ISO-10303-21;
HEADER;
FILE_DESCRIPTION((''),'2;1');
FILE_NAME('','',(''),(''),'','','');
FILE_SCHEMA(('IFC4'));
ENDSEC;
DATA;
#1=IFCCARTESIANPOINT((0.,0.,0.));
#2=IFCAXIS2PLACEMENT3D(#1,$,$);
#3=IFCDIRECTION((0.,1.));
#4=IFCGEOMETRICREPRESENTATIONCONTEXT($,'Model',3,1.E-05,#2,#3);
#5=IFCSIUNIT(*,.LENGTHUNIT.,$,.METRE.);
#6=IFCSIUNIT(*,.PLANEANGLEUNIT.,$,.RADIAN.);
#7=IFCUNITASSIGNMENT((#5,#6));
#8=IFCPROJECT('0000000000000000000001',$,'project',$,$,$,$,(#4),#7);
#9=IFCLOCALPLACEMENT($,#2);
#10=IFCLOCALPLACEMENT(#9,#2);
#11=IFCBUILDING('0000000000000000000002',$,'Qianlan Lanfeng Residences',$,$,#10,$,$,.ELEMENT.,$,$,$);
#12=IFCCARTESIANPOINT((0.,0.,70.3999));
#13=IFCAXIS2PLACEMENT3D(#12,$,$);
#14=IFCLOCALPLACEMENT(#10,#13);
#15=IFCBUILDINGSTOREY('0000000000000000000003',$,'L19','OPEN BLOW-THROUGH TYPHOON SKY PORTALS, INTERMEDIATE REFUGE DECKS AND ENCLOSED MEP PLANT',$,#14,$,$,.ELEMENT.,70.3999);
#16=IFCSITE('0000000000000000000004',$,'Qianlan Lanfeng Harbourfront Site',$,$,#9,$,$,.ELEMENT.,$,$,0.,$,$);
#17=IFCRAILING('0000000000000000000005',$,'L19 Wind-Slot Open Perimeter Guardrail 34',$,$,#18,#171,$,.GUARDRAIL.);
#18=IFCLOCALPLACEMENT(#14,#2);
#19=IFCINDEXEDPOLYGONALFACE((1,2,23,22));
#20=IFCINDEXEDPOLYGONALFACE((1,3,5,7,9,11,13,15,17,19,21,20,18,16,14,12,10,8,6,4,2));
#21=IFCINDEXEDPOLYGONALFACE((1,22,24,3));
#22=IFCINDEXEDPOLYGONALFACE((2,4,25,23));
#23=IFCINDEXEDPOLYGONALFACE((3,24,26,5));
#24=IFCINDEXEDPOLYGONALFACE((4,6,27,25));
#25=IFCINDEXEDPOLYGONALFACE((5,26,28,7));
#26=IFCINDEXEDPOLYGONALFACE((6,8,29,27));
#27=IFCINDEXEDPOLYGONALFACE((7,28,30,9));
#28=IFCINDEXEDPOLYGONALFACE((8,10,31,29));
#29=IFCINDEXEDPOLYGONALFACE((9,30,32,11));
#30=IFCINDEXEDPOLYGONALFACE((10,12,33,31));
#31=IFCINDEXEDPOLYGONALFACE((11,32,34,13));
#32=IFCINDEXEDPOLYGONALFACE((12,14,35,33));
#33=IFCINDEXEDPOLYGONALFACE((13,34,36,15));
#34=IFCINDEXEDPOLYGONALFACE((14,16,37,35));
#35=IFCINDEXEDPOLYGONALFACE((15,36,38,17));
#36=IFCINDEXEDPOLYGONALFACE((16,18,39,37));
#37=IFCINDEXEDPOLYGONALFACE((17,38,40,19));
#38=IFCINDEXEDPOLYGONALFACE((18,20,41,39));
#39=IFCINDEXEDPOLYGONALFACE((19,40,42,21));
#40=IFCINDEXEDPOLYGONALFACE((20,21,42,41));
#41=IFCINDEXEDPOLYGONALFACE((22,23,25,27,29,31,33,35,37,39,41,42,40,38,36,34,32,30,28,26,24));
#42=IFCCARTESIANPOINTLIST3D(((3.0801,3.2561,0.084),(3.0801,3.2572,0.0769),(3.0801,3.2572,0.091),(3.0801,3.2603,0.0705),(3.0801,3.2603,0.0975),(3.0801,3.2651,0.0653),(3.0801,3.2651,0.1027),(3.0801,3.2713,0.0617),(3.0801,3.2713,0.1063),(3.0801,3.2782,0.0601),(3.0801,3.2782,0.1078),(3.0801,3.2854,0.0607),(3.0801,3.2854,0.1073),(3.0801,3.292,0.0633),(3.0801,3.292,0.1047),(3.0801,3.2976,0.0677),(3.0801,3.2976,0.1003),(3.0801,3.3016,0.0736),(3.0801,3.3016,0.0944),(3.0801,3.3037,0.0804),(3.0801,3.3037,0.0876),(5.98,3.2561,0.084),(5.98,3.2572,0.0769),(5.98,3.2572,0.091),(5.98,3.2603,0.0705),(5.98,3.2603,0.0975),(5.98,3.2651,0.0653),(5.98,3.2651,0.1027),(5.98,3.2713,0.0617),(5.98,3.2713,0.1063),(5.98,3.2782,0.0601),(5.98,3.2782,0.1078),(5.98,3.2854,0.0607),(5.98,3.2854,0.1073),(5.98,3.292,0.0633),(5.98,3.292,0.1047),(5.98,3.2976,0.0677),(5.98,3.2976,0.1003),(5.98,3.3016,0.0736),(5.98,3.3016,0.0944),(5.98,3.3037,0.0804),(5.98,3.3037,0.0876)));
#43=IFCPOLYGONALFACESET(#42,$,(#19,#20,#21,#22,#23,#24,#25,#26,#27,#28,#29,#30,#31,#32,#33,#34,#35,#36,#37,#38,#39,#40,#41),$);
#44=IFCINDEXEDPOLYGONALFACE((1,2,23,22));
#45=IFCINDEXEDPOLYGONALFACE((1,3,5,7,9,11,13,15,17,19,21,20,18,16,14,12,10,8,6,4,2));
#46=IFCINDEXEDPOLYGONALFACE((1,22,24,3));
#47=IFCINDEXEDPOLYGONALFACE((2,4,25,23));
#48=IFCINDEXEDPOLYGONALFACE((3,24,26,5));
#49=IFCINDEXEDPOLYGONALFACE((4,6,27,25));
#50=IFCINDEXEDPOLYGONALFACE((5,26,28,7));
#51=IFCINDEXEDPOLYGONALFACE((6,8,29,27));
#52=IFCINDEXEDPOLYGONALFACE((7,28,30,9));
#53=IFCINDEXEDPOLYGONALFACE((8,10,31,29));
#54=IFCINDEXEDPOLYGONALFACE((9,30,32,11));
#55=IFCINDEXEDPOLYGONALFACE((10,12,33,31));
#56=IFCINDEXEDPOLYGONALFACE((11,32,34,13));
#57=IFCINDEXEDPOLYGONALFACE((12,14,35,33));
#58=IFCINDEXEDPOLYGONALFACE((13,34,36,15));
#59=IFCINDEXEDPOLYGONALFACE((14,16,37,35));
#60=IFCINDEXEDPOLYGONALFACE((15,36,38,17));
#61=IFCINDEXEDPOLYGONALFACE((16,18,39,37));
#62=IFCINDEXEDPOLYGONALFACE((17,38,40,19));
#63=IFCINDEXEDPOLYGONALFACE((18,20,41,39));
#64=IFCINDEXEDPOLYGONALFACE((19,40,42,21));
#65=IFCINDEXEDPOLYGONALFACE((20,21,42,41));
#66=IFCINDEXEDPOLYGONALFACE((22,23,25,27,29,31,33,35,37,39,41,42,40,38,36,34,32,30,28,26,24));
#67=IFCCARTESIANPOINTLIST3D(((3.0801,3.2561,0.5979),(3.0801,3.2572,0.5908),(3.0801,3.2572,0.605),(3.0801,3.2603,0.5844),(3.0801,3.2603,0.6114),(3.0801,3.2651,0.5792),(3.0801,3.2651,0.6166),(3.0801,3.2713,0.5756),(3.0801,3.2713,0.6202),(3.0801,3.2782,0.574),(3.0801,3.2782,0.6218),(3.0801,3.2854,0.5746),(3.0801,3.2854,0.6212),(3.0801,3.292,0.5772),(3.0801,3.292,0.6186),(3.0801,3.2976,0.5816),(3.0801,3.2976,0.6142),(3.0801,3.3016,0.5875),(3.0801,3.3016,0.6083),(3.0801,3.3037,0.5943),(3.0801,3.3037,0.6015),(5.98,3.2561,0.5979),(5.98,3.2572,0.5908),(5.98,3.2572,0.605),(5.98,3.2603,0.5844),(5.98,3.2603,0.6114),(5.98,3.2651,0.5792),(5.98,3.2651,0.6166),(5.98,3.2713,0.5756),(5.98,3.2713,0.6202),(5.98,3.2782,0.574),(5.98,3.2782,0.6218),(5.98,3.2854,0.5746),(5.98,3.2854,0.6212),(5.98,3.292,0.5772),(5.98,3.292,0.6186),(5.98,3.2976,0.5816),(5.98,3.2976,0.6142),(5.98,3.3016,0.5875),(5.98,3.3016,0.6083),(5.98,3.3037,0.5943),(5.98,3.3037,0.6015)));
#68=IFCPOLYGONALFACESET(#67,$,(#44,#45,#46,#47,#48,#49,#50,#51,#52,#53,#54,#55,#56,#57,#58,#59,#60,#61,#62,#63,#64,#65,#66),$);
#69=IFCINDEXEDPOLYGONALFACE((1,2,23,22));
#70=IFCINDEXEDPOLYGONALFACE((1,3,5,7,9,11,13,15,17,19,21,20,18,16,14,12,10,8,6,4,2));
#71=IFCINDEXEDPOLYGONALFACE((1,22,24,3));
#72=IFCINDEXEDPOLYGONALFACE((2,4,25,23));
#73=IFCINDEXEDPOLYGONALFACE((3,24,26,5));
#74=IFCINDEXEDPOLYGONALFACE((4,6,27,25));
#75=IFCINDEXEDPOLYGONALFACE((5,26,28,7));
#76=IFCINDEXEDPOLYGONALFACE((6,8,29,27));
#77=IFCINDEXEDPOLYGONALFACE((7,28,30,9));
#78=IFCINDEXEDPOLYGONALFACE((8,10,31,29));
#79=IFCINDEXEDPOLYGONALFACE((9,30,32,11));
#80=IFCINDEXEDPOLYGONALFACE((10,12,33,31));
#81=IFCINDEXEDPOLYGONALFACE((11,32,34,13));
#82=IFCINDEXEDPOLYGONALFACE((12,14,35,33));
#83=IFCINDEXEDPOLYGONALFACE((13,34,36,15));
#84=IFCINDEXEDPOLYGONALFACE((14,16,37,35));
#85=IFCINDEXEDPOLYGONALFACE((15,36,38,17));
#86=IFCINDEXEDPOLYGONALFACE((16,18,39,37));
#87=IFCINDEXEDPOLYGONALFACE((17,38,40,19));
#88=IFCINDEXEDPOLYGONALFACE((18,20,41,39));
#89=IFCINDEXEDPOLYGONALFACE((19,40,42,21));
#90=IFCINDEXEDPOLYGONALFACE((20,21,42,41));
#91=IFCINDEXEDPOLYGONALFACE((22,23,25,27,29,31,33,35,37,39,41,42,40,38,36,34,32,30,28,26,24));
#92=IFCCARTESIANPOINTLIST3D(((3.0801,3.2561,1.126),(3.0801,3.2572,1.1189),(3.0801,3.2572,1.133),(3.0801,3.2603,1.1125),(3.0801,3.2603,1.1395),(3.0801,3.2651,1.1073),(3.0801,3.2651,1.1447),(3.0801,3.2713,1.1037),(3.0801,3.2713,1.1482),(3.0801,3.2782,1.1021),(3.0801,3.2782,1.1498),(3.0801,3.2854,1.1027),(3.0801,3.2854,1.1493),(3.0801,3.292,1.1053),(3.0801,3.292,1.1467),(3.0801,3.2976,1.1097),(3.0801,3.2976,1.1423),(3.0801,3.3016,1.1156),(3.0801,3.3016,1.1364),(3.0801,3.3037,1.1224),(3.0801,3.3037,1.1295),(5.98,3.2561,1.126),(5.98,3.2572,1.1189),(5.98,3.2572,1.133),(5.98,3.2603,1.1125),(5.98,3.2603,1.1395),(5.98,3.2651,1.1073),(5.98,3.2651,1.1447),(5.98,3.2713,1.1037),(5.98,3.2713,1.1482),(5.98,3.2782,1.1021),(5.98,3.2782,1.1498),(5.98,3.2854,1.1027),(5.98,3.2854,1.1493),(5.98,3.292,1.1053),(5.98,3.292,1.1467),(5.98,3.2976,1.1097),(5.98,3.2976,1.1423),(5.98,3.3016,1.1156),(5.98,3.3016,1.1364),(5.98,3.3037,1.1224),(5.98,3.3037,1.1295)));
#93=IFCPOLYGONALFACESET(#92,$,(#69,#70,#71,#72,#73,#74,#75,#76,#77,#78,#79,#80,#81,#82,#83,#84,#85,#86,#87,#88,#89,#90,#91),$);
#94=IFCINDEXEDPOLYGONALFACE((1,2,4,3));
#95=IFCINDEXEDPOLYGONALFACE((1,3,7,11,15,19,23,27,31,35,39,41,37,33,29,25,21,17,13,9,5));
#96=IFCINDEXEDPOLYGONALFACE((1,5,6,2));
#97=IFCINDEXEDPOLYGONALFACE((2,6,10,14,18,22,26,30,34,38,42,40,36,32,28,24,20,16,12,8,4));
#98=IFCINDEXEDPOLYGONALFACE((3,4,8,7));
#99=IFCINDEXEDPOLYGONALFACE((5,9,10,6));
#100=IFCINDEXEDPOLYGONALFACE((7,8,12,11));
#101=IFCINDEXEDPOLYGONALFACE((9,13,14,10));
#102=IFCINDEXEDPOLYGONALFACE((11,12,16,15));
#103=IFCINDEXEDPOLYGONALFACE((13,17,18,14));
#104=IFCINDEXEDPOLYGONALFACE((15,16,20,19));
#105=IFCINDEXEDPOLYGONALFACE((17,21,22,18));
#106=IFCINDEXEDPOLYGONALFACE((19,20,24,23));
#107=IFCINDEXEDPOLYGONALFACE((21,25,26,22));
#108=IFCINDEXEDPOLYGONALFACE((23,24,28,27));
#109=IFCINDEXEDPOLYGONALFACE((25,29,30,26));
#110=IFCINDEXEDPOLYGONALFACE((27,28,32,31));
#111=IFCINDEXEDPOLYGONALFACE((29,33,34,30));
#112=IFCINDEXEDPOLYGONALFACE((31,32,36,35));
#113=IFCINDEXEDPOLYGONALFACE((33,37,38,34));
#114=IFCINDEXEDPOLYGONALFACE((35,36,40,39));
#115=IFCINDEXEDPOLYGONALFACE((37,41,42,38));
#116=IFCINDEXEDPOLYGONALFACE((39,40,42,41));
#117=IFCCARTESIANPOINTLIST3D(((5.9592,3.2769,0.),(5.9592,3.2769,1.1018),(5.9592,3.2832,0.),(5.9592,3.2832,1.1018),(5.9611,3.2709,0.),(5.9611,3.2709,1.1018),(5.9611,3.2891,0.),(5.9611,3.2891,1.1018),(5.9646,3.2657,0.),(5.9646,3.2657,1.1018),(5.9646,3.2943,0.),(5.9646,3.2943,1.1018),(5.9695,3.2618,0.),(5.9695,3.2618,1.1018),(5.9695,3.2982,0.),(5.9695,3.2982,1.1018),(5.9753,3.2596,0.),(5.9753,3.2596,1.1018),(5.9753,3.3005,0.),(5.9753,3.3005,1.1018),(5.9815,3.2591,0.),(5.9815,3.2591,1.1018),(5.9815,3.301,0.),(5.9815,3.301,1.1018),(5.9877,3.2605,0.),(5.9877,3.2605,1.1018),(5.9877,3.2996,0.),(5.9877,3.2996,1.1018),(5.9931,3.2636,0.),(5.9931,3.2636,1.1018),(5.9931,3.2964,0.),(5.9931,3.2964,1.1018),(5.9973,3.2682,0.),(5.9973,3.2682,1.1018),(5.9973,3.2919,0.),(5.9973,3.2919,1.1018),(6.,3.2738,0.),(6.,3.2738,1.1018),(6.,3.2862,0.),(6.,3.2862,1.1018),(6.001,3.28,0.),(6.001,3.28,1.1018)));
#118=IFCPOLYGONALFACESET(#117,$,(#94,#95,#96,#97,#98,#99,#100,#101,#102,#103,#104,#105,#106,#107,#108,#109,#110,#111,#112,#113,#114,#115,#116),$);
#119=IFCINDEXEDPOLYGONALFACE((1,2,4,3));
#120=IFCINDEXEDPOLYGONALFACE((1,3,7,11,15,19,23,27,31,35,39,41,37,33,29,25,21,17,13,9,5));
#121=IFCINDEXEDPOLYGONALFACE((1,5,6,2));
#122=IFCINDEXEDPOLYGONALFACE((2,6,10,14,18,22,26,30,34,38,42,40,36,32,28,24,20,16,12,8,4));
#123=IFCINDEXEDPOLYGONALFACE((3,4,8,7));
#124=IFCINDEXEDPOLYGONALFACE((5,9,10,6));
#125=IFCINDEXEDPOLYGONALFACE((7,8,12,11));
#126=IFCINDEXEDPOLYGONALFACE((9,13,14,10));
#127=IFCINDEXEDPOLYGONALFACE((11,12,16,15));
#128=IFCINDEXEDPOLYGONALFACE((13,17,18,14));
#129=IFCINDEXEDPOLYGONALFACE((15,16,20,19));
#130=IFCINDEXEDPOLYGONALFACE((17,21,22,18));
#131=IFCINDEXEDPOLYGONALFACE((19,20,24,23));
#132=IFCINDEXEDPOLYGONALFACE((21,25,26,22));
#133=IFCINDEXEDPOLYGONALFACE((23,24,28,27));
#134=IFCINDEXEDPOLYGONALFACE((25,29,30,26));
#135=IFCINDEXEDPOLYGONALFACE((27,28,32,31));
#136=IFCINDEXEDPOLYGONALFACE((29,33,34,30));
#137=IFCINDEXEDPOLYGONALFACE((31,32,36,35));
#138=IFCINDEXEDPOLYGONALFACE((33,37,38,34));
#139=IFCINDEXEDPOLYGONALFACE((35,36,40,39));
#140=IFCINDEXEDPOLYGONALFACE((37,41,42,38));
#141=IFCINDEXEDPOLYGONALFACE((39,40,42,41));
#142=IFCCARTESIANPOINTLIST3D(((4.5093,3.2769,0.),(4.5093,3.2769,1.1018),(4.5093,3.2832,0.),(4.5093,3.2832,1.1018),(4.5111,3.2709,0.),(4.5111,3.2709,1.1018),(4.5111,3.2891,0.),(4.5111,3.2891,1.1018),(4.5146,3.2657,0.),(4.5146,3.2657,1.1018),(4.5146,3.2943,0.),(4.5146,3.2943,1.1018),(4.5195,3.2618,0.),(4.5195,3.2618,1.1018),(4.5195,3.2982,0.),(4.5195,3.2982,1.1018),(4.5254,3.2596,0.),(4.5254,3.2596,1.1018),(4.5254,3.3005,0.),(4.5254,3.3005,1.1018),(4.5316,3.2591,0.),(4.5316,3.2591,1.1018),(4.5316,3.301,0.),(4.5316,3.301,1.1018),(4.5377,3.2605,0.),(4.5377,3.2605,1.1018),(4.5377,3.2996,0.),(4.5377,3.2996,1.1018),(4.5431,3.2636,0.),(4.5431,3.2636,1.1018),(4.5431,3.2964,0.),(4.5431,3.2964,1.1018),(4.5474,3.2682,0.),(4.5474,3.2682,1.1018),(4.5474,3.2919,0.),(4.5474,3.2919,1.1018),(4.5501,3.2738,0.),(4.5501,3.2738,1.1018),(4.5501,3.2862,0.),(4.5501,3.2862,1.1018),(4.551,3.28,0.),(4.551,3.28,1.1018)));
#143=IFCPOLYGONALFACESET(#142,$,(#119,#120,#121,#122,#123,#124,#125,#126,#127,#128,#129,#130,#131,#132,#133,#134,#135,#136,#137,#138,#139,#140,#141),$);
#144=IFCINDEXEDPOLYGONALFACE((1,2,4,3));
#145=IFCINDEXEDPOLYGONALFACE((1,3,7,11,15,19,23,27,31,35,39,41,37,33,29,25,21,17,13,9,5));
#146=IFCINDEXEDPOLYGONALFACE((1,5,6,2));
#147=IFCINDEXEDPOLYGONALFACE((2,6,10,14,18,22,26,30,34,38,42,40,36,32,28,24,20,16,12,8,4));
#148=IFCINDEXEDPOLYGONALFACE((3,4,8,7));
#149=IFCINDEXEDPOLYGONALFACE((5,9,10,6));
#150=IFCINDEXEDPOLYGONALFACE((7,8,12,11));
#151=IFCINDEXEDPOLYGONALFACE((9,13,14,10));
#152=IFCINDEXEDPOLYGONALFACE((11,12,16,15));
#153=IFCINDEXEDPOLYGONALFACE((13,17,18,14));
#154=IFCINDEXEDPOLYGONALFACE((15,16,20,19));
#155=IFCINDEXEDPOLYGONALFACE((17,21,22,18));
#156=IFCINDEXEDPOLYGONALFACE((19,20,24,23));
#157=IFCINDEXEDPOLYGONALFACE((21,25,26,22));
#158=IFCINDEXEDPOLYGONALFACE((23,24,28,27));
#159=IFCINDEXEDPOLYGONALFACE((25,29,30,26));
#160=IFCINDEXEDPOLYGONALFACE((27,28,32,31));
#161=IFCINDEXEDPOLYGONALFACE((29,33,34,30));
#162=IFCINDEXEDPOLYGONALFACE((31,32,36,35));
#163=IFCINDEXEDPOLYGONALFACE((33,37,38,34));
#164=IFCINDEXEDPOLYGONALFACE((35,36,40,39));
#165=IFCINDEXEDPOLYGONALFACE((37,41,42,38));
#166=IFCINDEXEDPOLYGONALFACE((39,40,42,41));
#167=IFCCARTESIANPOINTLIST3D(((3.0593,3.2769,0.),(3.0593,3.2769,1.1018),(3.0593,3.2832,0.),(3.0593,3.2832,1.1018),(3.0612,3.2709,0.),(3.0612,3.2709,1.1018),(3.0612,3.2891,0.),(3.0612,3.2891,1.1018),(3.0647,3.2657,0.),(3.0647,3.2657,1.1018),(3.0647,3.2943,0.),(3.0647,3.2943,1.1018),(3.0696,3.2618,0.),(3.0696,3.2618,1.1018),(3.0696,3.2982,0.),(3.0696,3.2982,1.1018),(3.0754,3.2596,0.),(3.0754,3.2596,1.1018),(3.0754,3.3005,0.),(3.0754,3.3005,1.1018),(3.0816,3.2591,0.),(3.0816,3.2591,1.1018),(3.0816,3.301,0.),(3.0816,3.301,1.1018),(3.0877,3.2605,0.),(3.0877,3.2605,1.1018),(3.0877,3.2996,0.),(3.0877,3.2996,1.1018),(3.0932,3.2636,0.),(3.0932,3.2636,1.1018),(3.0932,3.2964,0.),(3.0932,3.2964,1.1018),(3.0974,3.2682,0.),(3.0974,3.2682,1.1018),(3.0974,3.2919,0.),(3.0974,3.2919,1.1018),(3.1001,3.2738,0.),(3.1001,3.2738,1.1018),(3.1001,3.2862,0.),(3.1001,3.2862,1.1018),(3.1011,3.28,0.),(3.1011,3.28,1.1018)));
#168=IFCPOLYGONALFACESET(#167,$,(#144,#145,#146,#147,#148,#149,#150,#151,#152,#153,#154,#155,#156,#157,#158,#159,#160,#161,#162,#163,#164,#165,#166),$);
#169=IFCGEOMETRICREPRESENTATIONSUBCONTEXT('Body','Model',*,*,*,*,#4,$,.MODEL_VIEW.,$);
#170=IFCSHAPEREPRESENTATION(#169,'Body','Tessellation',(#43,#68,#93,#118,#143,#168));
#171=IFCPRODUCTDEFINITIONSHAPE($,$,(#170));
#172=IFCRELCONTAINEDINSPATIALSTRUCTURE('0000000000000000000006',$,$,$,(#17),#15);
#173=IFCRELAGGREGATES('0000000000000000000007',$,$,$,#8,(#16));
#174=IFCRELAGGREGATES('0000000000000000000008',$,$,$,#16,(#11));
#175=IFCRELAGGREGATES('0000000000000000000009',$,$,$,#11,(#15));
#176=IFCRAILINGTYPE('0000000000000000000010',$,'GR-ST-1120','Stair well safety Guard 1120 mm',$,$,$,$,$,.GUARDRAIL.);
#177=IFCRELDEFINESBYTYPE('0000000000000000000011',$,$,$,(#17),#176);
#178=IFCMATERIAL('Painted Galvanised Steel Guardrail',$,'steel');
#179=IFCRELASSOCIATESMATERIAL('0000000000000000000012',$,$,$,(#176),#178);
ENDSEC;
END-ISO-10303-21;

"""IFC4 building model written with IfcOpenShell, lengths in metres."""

from ifc_helpers import new_model, si_unit, direction, frame, origin, origin_2d, place, context, subcontext, project, spatial, circle, extrude, material, type_object, element, save


model = new_model("IFC4")

# Units and contexts
model_context = context("Model", 3, precision=1e-05, world=origin(), true_north=direction((0.0, 1.0)))
body_context = subcontext(model_context, "Body", "Model", "MODEL_VIEW")
ifc_project = project(units=[si_unit("LENGTHUNIT", "METRE"), si_unit("PLANEANGLEUNIT", "RADIAN")], contexts=[model_context])

# Site, building, storey
site_placement = place(None, origin())
site = spatial("IfcSite", under=ifc_project, at=site_placement, Name="Qianlan Lanfeng Harbourfront Site", CompositionType="ELEMENT", RefElevation=0.0)
building_placement = place(site_placement, origin())
building = spatial("IfcBuilding", under=site, at=building_placement, Name="Qianlan Lanfeng Residences", CompositionType="ELEMENT")
storey_placement = place(building_placement, frame((0.0, 0.0, 70.3999)))
storey = spatial("IfcBuildingStorey", under=building, at=storey_placement, Name="L19", Description="OPEN BLOW-THROUGH TYPHOON SKY PORTALS, INTERMEDIATE REFUGE DECKS AND ENCLOSED MEP PLANT", CompositionType="ELEMENT", Elevation=70.3999)

# Railing
ifc_material_1 = material(Name="Painted Galvanised Steel Guardrail", Category="steel")
railing_type = type_object("IfcRailingType", Name="GR-ST-1120", Description="Stair well safety Guard 1120 mm", PredefinedType="GUARDRAIL", material=ifc_material_1)
railing_1_placement = place(storey_placement, frame((5.98, 3.28, 0.0)))
element("IfcRailing", 1, at=railing_1_placement, inside=storey, type_object=railing_type, Name="L19 Wind-Slot Open Perimeter Guardrail 34", PredefinedType="GUARDRAIL", context=body_context, shape_type="SweptSolid", body=[
    extrude(circle(Radius=0.0239, at=origin_2d()), frame((0.0, 0.0, 0.084), z_axis=(-1.0, 0.0, 0.0), x_axis=(0.0, -1.0, 0.0)), (0.0, 0.0, 1.0), 2.8999),
    extrude(circle(Radius=0.0239, at=origin_2d()), frame((0.0, 0.0, 0.5979), z_axis=(-1.0, 0.0, 0.0), x_axis=(0.0, -1.0, 0.0)), (0.0, 0.0, 1.0), 2.8999),
    extrude(circle(Radius=0.0239, at=origin_2d()), frame((0.0, 0.0, 1.126), z_axis=(-1.0, 0.0, 0.0), x_axis=(0.0, -1.0, 0.0)), (0.0, 0.0, 1.0), 2.8999),
    extrude(circle(Radius=0.021, at=origin_2d()), origin(), (0.0, 0.0, 1.0), 1.1018),
    extrude(circle(Radius=0.021, at=origin_2d()), frame((-1.45, 0.0, 0.0)), (0.0, 0.0, 1.0), 1.1018),
    extrude(circle(Radius=0.021, at=origin_2d()), frame((-2.8999, 0.0, 0.0)), (0.0, 0.0, 1.0), 1.1018),
])

save(model, "model.ifc")
